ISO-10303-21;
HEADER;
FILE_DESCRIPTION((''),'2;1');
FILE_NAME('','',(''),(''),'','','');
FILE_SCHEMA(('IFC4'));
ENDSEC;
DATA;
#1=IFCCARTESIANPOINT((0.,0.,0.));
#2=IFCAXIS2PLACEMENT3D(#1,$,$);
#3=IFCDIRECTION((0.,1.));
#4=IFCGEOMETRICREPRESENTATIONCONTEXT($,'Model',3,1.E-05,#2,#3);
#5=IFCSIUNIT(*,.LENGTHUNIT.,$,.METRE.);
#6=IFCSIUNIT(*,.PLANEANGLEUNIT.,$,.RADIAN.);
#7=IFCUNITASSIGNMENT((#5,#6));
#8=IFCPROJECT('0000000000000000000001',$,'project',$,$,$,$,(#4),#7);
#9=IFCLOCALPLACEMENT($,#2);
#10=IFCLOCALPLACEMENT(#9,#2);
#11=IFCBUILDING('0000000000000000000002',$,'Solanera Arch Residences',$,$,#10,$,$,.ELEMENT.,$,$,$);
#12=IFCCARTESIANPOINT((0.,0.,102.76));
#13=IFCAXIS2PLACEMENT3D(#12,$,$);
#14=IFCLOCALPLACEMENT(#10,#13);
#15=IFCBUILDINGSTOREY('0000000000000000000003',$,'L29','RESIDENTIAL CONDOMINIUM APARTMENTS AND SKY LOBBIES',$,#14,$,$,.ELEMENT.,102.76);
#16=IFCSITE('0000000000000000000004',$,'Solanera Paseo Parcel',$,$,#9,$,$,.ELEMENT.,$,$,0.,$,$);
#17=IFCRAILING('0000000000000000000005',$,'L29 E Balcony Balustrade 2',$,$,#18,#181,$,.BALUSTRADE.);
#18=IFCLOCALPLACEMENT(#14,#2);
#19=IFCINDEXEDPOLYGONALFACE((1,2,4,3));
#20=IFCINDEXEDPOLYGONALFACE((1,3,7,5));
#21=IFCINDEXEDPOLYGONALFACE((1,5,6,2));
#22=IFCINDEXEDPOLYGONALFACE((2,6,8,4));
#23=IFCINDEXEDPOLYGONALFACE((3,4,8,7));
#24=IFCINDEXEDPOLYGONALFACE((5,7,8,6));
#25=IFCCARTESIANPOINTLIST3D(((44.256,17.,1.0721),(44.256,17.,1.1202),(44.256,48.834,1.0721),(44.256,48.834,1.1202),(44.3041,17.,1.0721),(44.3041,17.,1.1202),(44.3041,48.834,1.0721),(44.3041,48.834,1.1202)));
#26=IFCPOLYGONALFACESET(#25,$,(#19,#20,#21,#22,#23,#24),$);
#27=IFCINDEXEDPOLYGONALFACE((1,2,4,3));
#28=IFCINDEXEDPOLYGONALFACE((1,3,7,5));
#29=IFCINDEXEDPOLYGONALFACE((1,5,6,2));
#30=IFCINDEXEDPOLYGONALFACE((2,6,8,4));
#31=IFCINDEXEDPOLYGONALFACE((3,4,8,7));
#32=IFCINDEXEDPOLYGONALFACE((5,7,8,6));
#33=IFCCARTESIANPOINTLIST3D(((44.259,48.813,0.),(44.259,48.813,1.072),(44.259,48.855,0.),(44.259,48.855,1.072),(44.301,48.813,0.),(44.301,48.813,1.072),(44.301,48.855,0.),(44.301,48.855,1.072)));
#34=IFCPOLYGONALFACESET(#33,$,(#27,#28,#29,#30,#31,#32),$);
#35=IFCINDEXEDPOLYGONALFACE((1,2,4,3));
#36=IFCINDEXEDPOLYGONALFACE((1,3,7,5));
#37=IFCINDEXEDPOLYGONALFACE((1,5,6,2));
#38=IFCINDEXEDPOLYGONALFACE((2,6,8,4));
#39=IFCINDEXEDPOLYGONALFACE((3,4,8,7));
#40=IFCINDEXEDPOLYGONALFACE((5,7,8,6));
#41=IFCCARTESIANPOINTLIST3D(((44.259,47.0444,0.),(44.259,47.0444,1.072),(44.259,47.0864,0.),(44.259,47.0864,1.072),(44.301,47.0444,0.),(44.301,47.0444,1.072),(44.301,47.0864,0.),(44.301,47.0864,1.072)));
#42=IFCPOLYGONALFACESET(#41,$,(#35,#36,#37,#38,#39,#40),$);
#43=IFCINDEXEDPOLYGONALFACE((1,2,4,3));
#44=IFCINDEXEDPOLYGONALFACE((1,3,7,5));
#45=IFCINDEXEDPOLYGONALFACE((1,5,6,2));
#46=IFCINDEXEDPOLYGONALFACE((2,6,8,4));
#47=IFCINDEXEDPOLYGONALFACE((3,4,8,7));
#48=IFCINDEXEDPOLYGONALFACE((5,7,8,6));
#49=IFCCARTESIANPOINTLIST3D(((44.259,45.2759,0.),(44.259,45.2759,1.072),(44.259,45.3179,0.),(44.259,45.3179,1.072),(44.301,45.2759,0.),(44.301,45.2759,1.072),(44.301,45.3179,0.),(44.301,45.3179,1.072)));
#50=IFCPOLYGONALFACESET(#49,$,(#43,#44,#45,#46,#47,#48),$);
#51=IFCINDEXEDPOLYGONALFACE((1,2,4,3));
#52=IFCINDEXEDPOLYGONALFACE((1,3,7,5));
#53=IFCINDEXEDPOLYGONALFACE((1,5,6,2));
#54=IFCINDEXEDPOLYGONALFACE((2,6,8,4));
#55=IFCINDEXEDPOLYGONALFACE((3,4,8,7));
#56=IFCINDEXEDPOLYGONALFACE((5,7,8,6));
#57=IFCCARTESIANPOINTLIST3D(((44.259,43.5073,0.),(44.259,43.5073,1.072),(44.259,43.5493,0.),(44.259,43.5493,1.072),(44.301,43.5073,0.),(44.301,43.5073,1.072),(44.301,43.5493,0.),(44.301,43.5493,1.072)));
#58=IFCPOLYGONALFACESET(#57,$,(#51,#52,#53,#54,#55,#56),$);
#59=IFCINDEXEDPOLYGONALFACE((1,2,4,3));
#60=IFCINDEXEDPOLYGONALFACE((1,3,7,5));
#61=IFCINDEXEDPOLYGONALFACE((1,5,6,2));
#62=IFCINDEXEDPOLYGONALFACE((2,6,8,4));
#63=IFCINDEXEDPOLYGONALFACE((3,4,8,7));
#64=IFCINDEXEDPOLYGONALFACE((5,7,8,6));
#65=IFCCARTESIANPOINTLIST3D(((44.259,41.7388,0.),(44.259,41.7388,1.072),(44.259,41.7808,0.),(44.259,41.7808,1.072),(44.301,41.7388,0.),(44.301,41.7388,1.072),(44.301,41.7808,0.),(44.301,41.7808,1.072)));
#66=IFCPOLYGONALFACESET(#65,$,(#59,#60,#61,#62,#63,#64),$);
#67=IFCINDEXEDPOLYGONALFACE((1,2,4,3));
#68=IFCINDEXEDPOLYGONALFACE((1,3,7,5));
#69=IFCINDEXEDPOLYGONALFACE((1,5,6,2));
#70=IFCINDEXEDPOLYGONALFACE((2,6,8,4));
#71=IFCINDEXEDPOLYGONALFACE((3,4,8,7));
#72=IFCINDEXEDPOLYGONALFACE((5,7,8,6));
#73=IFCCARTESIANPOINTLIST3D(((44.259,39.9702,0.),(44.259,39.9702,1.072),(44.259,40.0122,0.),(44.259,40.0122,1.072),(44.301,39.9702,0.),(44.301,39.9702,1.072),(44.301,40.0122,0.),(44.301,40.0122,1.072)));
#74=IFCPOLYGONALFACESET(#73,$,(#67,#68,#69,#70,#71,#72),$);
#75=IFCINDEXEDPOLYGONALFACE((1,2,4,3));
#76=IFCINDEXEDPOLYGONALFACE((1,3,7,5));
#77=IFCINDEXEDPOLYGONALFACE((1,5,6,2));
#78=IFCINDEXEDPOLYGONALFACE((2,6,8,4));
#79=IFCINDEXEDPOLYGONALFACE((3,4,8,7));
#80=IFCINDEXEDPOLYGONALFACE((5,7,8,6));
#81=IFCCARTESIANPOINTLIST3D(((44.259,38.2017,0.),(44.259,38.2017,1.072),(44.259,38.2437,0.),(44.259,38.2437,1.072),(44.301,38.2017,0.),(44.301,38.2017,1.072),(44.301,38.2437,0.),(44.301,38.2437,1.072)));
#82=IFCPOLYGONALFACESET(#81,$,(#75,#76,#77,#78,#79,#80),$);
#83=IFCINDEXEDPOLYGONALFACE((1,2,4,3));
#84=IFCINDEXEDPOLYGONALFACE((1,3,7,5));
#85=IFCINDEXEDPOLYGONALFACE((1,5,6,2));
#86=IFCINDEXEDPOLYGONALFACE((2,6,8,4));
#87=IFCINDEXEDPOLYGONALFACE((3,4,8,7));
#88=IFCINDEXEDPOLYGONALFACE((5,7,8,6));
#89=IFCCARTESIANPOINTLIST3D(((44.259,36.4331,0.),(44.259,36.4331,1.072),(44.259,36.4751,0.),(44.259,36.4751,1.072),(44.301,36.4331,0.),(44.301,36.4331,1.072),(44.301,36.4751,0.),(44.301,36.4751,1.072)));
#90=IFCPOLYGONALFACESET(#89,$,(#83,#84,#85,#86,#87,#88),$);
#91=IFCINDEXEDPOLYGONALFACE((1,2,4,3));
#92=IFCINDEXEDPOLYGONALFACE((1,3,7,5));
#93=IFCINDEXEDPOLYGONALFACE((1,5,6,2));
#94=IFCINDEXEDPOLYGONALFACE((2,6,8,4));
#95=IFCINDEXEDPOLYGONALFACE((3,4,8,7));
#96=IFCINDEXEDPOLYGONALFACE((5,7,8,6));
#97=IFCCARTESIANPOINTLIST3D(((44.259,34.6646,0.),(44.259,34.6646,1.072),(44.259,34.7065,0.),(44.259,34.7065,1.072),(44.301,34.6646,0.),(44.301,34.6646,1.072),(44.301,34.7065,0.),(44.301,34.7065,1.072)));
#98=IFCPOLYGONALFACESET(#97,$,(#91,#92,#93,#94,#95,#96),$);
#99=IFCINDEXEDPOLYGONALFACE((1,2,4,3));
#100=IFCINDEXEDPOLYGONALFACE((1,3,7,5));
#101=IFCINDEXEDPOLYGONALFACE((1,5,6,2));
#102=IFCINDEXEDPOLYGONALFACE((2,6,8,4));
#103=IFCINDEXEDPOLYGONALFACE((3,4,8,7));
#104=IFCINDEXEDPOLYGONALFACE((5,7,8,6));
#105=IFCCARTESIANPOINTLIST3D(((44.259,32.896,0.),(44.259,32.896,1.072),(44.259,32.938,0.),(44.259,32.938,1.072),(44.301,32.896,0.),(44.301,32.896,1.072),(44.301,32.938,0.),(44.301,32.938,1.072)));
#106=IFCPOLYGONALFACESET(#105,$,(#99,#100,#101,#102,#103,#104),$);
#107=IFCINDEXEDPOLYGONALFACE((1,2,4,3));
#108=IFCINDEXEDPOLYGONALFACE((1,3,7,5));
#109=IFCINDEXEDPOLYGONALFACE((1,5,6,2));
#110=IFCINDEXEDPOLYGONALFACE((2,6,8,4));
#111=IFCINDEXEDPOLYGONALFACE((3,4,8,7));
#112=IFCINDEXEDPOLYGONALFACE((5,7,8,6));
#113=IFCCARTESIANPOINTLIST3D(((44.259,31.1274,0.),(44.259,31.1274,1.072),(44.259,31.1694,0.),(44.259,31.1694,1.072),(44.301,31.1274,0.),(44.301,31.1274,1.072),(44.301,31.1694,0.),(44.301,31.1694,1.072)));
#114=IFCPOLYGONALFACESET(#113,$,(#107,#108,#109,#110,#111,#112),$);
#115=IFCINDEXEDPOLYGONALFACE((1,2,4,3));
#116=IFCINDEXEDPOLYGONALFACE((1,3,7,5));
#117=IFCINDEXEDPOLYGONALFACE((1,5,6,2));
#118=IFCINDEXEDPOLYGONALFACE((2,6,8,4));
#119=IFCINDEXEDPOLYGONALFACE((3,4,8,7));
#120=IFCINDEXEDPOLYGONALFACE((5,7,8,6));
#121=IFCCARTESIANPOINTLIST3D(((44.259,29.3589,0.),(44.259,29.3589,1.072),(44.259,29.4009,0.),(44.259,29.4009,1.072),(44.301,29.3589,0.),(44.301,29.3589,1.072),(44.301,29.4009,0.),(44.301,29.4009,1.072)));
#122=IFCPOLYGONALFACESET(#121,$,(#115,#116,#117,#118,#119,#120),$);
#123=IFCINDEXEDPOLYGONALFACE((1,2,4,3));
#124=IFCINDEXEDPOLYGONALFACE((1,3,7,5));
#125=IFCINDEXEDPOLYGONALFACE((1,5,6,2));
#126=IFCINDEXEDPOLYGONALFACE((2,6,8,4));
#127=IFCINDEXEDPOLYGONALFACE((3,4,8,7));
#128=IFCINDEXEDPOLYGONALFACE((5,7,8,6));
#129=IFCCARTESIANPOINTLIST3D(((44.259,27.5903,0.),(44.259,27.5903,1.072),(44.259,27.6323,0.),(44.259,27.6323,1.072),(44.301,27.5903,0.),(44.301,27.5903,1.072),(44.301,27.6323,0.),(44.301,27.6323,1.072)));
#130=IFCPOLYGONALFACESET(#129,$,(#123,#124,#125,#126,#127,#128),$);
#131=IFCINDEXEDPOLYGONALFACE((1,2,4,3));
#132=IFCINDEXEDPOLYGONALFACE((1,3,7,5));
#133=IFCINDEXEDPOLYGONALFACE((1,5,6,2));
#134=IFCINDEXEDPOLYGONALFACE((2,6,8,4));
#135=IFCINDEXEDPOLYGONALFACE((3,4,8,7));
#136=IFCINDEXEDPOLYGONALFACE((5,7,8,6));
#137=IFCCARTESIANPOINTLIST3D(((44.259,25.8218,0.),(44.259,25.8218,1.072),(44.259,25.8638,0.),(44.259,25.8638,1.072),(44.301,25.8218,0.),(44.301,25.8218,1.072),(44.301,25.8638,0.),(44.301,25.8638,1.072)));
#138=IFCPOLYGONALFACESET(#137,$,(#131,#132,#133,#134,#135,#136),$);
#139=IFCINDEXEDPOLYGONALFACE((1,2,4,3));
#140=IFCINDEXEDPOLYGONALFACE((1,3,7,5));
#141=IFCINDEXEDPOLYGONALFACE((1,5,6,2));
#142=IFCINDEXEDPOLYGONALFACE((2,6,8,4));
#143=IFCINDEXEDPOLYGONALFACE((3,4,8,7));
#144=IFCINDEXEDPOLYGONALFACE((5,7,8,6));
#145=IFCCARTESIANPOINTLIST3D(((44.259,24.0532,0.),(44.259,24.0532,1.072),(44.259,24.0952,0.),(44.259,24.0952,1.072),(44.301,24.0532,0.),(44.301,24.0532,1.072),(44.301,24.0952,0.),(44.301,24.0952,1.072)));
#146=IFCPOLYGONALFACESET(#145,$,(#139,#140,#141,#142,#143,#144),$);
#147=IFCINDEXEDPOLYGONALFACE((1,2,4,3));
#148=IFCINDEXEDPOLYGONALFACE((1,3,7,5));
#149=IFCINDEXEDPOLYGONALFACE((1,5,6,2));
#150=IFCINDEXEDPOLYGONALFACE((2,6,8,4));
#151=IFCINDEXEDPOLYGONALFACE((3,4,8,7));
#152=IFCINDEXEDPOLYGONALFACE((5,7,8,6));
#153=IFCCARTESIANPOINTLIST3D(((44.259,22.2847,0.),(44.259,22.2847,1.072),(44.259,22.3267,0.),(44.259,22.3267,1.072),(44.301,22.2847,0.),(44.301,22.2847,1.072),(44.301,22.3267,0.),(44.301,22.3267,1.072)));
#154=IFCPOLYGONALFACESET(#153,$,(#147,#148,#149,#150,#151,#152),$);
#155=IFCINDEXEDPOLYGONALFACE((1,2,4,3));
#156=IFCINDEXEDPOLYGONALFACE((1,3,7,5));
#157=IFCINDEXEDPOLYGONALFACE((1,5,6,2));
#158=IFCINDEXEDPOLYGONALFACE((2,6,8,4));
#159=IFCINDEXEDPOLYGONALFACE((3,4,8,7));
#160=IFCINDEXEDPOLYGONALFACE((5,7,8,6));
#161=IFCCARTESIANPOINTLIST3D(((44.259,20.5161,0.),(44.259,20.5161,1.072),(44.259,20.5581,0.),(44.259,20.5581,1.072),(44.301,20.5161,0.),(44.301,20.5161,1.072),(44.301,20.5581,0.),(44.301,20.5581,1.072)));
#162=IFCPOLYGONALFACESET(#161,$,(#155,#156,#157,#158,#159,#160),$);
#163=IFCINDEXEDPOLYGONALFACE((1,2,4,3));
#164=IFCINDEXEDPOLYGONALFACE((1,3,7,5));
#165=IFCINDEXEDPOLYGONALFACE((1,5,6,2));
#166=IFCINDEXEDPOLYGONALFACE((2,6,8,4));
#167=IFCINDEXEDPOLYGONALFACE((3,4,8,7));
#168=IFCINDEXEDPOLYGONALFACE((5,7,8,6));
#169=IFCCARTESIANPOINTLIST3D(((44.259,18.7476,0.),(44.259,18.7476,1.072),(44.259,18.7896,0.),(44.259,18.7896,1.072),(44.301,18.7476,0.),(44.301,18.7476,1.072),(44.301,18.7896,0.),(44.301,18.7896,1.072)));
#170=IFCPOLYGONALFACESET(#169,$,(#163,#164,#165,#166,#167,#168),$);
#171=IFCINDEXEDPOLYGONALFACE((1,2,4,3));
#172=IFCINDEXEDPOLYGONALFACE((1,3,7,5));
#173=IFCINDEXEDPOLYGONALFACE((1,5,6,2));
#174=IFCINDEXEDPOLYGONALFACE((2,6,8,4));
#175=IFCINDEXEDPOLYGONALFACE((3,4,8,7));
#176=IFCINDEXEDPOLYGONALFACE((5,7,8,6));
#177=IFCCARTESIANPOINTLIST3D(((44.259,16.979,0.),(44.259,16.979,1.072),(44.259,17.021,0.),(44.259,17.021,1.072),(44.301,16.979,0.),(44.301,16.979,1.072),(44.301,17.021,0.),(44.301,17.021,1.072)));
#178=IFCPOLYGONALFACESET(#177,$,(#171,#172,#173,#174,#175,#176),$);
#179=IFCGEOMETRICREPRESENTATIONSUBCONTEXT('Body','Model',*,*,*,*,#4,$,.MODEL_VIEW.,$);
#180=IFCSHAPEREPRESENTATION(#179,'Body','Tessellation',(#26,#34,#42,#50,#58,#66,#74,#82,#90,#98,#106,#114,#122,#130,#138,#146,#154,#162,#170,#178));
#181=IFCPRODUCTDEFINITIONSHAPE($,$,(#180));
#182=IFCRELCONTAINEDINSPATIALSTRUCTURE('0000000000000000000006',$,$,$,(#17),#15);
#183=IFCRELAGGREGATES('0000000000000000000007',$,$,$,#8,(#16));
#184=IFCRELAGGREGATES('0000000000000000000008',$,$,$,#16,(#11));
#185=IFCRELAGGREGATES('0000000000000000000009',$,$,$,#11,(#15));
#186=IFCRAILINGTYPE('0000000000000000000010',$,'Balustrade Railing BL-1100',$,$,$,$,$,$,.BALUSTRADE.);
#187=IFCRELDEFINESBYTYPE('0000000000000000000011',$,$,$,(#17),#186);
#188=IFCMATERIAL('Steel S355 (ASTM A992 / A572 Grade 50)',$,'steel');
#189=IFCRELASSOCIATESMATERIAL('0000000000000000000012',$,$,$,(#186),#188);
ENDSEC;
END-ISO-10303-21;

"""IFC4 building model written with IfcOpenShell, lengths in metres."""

from ifc_helpers import new_model, si_unit, direction, frame, origin, origin_2d, place, context, subcontext, project, spatial, rectangle, extrude, material, type_object, element, save


model = new_model("IFC4")

# Units and contexts
model_context = context("Model", 3, precision=1e-05, world=origin(), true_north=direction((0.0, 1.0)))
body_context = subcontext(model_context, "Body", "Model", "MODEL_VIEW")
ifc_project = project(units=[si_unit("LENGTHUNIT", "METRE"), si_unit("PLANEANGLEUNIT", "RADIAN")], contexts=[model_context])

# Site, building, storey
site_placement = place(None, origin())
site = spatial("IfcSite", under=ifc_project, at=site_placement, Name="Solanera Paseo Parcel", CompositionType="ELEMENT", RefElevation=0.0)
building_placement = place(site_placement, origin())
building = spatial("IfcBuilding", under=site, at=building_placement, Name="Solanera Arch Residences", CompositionType="ELEMENT")
storey_placement = place(building_placement, frame((0.0, 0.0, 102.76)))
storey = spatial("IfcBuildingStorey", under=building, at=storey_placement, Name="L29", Description="RESIDENTIAL CONDOMINIUM APARTMENTS AND SKY LOBBIES", CompositionType="ELEMENT", Elevation=102.76)

# Railing
ifc_material_1 = material(Name="Steel S355 (ASTM A992 / A572 Grade 50)", Category="steel")
railing_type = type_object("IfcRailingType", Name="Balustrade Railing BL-1100", PredefinedType="BALUSTRADE", material=ifc_material_1)
railing_1_placement = place(storey_placement, frame((44.28, 48.834, 0.0)))
element("IfcRailing", 1, at=railing_1_placement, inside=storey, type_object=railing_type, Name="L29 E Balcony Balustrade 2", PredefinedType="BALUSTRADE", context=body_context, shape_type="SweptSolid", body=[
    extrude(rectangle(XDim=0.0481, YDim=0.0481, at=origin_2d()), frame((0.0, 0.0, 1.0962), z_axis=(0.0, -1.0, 0.0), x_axis=(1.0, 0.0, 0.0)), (0.0, 0.0, 1.0), 31.834),
    extrude(rectangle(XDim=0.042, YDim=0.042, at=origin_2d()), origin(), (0.0, 0.0, 1.0), 1.072),
    extrude(rectangle(XDim=0.042, YDim=0.042, at=origin_2d()), frame((0.0, -1.7686, 0.0)), (0.0, 0.0, 1.0), 1.072),
    extrude(rectangle(XDim=0.042, YDim=0.042, at=origin_2d()), frame((0.0, -3.5371, 0.0)), (0.0, 0.0, 1.0), 1.072),
    extrude(rectangle(XDim=0.042, YDim=0.042, at=origin_2d()), frame((0.0, -5.3057, 0.0)), (0.0, 0.0, 1.0), 1.072),
    extrude(rectangle(XDim=0.042, YDim=0.042, at=origin_2d()), frame((0.0, -7.0742, 0.0)), (0.0, 0.0, 1.0), 1.072),
    extrude(rectangle(XDim=0.042, YDim=0.042, at=origin_2d()), frame((0.0, -8.8428, 0.0)), (0.0, 0.0, 1.0), 1.072),
    extrude(rectangle(XDim=0.042, YDim=0.042, at=origin_2d()), frame((0.0, -10.6113, 0.0)), (0.0, 0.0, 1.0), 1.072),
    extrude(rectangle(XDim=0.042, YDim=0.042, at=origin_2d()), frame((0.0, -12.3799, 0.0)), (0.0, 0.0, 1.0), 1.072),
    extrude(rectangle(XDim=0.042, YDim=0.042, at=origin_2d()), frame((0.0, -14.1484, 0.0)), (0.0, 0.0, 1.0), 1.072),
    extrude(rectangle(XDim=0.042, YDim=0.042, at=origin_2d()), frame((0.0, -15.917, 0.0)), (0.0, 0.0, 1.0), 1.072),
    extrude(rectangle(XDim=0.042, YDim=0.042, at=origin_2d()), frame((0.0, -17.6855, 0.0)), (0.0, 0.0, 1.0), 1.072),
    extrude(rectangle(XDim=0.042, YDim=0.042, at=origin_2d()), frame((0.0, -19.4541, 0.0)), (0.0, 0.0, 1.0), 1.072),
    extrude(rectangle(XDim=0.042, YDim=0.042, at=origin_2d()), frame((0.0, -21.2227, 0.0)), (0.0, 0.0, 1.0), 1.072),
    extrude(rectangle(XDim=0.042, YDim=0.042, at=origin_2d()), frame((0.0, -22.9912, 0.0)), (0.0, 0.0, 1.0), 1.072),
    extrude(rectangle(XDim=0.042, YDim=0.042, at=origin_2d()), frame((0.0, -24.7598, 0.0)), (0.0, 0.0, 1.0), 1.072),
    extrude(rectangle(XDim=0.042, YDim=0.042, at=origin_2d()), frame((0.0, -26.5283, 0.0)), (0.0, 0.0, 1.0), 1.072),
    extrude(rectangle(XDim=0.042, YDim=0.042, at=origin_2d()), frame((0.0, -28.2969, 0.0)), (0.0, 0.0, 1.0), 1.072),
    extrude(rectangle(XDim=0.042, YDim=0.042, at=origin_2d()), frame((0.0, -30.0654, 0.0)), (0.0, 0.0, 1.0), 1.072),
    extrude(rectangle(XDim=0.042, YDim=0.042, at=origin_2d()), frame((0.0, -31.834, 0.0)), (0.0, 0.0, 1.0), 1.072),
])

save(model, "model.ifc")
